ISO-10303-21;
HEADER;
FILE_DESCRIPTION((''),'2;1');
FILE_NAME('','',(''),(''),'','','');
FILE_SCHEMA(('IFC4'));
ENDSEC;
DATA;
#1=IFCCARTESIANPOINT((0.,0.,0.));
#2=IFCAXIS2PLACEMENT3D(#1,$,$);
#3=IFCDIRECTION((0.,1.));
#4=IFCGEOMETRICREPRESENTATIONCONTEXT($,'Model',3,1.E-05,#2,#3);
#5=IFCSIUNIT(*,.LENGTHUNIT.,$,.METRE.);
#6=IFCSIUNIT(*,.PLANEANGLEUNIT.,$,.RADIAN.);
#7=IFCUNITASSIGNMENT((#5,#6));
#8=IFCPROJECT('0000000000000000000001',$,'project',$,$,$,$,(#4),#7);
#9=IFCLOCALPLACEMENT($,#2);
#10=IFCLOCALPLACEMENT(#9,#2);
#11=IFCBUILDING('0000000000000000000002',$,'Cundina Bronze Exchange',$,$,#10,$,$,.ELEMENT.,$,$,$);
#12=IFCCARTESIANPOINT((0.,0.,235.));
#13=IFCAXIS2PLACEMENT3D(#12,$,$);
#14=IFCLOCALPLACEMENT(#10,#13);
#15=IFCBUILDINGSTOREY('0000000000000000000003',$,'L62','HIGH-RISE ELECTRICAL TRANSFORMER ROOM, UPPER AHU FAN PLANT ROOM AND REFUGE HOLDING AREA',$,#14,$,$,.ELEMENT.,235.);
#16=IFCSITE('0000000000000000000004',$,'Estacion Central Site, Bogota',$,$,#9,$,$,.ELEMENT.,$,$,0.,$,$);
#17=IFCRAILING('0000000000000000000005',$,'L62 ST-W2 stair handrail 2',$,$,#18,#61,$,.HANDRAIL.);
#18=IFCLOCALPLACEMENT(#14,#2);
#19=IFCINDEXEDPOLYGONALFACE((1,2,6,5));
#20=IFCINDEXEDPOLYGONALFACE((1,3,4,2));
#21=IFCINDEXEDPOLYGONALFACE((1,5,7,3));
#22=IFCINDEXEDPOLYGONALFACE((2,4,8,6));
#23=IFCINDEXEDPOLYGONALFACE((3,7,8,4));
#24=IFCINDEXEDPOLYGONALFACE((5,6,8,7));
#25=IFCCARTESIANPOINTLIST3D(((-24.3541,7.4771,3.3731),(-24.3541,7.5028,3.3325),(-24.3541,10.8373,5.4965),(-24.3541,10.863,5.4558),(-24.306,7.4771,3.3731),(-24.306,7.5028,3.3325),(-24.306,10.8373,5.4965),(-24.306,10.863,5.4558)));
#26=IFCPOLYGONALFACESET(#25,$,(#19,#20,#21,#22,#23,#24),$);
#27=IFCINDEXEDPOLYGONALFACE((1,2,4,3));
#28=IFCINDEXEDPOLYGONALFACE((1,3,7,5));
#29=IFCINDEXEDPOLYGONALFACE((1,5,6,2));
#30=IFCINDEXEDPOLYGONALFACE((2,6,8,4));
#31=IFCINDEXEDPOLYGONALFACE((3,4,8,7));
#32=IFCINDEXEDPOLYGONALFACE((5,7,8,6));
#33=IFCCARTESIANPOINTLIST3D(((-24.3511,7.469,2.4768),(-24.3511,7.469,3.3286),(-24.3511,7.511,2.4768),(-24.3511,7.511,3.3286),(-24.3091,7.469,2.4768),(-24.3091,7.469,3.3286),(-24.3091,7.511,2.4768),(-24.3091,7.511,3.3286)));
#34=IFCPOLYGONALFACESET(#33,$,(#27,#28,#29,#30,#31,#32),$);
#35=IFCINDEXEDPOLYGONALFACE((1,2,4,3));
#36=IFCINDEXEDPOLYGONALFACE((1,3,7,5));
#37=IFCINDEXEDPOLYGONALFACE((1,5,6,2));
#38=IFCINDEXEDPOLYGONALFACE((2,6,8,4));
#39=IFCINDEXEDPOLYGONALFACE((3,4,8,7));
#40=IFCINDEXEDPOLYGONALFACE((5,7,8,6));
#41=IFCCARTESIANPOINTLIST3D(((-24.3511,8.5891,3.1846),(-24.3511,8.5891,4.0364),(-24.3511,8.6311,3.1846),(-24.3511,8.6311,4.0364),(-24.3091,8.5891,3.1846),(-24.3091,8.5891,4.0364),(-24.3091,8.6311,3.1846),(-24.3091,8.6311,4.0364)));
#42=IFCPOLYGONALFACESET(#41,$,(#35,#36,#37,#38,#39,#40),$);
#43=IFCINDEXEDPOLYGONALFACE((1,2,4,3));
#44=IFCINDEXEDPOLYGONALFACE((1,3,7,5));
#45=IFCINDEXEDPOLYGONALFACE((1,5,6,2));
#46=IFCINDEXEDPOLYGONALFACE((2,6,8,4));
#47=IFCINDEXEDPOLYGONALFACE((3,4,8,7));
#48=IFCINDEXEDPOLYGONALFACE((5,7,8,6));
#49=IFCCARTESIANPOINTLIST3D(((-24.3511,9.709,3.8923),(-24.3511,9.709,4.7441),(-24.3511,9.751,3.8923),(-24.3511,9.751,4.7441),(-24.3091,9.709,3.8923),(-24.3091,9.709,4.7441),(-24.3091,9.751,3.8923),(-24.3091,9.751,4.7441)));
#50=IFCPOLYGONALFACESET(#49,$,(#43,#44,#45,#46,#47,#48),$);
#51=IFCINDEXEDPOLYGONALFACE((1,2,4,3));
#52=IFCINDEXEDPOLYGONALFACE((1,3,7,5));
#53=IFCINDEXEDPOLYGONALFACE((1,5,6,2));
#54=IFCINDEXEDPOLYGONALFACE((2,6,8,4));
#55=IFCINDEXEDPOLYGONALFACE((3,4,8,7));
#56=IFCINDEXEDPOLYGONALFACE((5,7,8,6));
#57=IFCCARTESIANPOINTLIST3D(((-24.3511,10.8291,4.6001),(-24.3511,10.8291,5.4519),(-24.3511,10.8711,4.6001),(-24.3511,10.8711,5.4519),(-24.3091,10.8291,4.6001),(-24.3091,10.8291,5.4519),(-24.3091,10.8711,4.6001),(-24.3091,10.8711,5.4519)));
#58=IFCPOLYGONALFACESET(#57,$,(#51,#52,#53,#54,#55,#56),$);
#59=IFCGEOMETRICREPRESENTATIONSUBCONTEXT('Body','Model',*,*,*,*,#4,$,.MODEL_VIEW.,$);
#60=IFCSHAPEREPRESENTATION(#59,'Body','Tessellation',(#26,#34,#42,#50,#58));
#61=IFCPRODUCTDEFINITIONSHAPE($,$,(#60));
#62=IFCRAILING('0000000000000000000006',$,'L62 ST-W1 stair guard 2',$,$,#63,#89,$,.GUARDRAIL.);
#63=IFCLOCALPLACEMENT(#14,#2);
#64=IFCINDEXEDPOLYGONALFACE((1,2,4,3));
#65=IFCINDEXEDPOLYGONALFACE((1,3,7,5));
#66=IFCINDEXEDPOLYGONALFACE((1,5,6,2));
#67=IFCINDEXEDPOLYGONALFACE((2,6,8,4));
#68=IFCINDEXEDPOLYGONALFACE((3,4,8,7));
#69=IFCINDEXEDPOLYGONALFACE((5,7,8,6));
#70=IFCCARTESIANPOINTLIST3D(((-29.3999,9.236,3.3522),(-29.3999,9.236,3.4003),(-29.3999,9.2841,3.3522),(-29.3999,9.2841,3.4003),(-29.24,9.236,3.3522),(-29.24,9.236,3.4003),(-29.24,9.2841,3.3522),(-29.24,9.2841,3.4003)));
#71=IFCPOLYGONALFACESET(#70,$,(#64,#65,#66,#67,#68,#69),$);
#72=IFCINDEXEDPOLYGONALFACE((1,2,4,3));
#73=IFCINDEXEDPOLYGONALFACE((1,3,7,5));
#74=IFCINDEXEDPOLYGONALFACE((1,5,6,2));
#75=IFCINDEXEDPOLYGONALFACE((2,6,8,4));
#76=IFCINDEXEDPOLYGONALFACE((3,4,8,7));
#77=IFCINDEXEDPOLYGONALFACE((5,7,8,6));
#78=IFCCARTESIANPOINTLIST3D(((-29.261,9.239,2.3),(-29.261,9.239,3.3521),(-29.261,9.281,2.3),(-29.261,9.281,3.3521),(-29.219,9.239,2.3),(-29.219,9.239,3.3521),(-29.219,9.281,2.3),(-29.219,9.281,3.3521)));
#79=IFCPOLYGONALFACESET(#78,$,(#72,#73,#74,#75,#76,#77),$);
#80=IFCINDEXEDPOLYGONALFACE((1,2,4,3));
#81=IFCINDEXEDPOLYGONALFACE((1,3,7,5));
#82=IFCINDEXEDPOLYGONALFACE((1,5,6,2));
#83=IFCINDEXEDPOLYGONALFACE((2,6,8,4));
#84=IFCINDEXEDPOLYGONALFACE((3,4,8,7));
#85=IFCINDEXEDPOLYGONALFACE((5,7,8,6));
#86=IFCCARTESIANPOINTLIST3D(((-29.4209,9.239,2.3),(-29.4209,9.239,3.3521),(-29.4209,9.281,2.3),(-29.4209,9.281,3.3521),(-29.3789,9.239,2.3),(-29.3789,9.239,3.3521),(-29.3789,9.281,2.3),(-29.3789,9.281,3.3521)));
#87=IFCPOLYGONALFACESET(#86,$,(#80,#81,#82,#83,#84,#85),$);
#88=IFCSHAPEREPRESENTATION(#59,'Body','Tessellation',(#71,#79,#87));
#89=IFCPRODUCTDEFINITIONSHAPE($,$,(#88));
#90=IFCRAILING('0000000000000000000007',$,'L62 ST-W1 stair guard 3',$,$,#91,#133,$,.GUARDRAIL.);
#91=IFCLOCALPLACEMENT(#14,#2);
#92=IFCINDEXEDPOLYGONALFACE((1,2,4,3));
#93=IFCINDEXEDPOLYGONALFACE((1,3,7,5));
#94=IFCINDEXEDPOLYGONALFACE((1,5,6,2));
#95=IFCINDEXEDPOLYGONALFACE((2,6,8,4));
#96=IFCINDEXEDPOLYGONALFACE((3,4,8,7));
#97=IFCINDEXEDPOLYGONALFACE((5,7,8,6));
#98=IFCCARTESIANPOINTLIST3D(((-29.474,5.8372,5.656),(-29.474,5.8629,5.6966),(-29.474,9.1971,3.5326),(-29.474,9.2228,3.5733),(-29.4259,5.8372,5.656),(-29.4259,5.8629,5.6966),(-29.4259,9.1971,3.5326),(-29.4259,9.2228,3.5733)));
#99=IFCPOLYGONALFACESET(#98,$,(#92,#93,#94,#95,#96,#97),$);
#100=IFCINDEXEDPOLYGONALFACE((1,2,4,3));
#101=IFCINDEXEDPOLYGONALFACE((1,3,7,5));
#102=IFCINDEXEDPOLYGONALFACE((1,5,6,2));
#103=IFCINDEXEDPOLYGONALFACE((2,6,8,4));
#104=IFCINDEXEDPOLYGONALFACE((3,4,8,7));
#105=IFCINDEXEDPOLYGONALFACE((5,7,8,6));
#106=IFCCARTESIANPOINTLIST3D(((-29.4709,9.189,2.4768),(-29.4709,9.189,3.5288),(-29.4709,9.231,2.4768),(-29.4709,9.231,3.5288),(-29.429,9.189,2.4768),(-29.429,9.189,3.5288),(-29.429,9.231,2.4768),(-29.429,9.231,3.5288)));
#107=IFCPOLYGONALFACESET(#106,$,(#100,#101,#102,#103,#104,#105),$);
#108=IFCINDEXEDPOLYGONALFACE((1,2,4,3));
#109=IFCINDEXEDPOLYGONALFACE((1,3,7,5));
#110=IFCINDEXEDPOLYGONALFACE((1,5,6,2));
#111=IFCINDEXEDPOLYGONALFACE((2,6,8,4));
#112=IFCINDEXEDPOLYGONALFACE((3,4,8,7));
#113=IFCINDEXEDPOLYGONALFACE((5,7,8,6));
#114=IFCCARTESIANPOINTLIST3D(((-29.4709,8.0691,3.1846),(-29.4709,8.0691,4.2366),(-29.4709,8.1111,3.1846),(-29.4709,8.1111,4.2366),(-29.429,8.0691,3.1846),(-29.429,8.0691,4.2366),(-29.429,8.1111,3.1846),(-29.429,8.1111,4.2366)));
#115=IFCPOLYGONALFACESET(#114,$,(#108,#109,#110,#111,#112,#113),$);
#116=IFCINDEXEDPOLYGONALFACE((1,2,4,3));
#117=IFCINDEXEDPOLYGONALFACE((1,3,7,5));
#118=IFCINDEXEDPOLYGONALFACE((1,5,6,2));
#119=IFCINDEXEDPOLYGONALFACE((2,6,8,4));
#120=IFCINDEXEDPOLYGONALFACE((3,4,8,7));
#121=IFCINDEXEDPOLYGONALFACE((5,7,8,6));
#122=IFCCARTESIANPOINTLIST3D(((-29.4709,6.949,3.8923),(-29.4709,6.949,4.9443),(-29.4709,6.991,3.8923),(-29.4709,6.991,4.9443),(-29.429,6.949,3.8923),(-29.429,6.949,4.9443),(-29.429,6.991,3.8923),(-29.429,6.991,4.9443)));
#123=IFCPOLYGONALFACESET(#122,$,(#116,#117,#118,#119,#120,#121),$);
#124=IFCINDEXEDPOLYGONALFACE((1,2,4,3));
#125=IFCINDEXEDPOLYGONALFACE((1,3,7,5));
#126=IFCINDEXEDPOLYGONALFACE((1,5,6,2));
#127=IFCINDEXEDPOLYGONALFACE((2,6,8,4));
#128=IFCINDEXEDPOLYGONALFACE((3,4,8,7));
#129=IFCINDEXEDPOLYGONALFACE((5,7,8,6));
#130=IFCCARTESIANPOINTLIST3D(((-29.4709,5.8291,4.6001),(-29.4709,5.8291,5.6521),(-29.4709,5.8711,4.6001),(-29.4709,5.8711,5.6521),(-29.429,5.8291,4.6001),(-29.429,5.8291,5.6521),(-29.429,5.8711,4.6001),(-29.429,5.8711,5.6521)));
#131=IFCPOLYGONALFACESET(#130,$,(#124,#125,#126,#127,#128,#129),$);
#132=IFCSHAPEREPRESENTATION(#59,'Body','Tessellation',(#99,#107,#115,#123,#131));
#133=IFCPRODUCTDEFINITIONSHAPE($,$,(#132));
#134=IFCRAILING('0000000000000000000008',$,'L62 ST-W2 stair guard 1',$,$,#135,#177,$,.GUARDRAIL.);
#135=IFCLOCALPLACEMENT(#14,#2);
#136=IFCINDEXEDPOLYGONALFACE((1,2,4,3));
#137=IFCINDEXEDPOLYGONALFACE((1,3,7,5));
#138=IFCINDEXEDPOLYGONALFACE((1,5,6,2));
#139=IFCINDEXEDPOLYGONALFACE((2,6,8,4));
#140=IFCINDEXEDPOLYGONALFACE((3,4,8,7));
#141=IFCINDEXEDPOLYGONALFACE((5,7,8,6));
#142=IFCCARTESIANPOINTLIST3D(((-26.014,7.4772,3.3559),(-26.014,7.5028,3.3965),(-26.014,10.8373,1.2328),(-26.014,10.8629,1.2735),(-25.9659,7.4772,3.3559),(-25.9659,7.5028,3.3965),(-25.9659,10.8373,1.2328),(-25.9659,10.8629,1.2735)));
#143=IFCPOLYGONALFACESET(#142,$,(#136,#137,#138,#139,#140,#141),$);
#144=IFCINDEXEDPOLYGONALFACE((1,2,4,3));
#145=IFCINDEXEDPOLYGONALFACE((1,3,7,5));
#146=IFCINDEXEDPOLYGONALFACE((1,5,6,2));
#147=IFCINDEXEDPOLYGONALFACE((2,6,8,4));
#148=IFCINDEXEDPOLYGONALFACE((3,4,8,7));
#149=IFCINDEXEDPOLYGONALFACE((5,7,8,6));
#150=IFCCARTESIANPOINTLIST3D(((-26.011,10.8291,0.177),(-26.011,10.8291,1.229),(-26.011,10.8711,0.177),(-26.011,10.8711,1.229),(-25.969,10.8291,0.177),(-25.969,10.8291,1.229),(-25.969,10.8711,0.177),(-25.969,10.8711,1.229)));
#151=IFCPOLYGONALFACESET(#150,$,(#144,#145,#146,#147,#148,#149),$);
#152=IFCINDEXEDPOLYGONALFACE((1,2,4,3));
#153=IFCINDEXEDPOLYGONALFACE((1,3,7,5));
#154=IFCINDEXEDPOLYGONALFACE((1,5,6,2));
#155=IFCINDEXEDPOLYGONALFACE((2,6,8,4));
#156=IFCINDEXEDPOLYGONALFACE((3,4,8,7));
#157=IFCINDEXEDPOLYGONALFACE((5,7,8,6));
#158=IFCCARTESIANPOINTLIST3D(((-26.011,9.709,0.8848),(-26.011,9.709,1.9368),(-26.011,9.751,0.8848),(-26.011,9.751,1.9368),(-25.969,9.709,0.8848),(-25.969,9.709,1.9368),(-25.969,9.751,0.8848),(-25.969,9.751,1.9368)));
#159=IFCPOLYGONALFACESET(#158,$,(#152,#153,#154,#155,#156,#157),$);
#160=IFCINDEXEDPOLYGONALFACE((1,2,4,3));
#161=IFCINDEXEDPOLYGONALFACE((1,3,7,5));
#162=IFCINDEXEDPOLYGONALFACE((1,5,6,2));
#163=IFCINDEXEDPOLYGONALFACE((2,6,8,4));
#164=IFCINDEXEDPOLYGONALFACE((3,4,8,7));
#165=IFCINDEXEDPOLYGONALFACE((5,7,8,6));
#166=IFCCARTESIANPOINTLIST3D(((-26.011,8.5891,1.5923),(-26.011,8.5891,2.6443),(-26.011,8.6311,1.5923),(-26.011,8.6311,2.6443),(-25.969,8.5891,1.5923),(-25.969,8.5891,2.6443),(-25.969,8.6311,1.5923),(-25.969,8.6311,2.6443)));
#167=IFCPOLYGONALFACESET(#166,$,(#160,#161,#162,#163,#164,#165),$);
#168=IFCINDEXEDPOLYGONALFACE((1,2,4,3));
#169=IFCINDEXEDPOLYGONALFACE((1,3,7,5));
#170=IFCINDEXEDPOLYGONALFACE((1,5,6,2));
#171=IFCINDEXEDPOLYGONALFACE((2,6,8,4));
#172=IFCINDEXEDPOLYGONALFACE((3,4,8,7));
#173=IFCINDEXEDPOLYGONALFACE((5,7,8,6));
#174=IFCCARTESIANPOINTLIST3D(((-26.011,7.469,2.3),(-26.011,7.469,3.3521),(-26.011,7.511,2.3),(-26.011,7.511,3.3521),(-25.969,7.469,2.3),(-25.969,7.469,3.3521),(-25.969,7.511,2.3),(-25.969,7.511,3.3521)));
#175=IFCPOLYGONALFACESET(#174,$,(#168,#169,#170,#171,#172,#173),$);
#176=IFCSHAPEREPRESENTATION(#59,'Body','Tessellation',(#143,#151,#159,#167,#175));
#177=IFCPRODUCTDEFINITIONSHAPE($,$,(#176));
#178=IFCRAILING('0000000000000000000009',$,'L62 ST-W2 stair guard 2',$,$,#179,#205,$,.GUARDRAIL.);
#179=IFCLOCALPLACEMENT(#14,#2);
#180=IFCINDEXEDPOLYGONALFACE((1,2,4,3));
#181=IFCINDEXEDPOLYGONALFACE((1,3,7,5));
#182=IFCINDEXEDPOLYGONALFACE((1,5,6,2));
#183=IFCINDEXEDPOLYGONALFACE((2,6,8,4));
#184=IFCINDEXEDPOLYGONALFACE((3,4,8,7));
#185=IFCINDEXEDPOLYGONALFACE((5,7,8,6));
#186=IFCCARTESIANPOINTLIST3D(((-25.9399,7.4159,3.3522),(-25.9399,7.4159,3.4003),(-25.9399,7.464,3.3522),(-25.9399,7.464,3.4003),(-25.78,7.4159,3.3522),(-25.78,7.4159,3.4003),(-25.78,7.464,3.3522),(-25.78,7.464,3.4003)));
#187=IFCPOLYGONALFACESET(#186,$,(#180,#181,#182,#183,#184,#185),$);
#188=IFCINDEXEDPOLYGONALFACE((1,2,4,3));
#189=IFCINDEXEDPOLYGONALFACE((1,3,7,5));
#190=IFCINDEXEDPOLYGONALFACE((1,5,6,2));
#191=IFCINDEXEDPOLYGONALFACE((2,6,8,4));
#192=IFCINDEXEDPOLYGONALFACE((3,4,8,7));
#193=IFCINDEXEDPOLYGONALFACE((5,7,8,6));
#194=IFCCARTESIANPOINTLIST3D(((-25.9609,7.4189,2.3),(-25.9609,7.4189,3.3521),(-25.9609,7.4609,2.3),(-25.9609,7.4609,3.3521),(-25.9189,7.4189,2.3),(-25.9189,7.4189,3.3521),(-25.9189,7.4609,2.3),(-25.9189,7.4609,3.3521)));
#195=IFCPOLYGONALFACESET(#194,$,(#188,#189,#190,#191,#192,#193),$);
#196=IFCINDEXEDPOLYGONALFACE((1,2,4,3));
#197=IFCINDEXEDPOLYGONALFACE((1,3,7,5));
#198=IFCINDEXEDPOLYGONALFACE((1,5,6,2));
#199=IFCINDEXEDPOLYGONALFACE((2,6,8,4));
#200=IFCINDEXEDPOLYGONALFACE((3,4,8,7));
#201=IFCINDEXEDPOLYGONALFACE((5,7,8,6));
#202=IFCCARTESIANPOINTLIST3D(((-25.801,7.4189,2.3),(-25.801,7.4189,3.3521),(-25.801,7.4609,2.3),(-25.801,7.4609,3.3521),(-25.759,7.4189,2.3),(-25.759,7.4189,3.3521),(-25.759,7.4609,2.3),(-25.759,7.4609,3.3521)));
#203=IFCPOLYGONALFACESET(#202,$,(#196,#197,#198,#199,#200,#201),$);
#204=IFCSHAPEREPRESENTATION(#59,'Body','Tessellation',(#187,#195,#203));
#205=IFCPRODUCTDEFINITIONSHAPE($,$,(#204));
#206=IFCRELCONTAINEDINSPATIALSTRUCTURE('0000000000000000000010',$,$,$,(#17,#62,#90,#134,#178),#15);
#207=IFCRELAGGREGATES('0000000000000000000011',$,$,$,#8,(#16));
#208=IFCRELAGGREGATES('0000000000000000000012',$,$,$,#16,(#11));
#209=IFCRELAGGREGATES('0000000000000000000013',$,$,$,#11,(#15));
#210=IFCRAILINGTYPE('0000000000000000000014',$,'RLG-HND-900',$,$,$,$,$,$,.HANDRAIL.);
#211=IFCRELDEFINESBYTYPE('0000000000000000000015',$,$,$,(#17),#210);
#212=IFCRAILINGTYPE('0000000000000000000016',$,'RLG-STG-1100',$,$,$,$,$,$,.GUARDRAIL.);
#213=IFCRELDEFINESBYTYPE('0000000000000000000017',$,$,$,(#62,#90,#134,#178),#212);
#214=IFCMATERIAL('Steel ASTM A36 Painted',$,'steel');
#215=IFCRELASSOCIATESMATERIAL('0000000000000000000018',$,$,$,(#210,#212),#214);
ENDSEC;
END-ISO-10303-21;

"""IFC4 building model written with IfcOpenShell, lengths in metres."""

from ifc_helpers import new_model, si_unit, direction, frame, origin, origin_2d, place, context, subcontext, project, spatial, rectangle, extrude, material, type_object, element, save


model = new_model("IFC4")

# Units and contexts
model_context = context("Model", 3, precision=1e-05, world=origin(), true_north=direction((0.0, 1.0)))
body_context = subcontext(model_context, "Body", "Model", "MODEL_VIEW")
ifc_project = project(units=[si_unit("LENGTHUNIT", "METRE"), si_unit("PLANEANGLEUNIT", "RADIAN")], contexts=[model_context])

# Site, building, storey
site_placement = place(None, origin())
site = spatial("IfcSite", under=ifc_project, at=site_placement, Name="Estacion Central Site, Bogota", CompositionType="ELEMENT", RefElevation=0.0)
building_placement = place(site_placement, origin())
building = spatial("IfcBuilding", under=site, at=building_placement, Name="Cundina Bronze Exchange", CompositionType="ELEMENT")
storey_placement = place(building_placement, frame((0.0, 0.0, 235.0)))
storey = spatial("IfcBuildingStorey", under=building, at=storey_placement, Name="L62", Description="HIGH-RISE ELECTRICAL TRANSFORMER ROOM, UPPER AHU FAN PLANT ROOM AND REFUGE HOLDING AREA", CompositionType="ELEMENT", Elevation=235.0)

# Shared definitions
ifc_material_1 = material(Name="Steel ASTM A36 Painted", Category="steel")

# Railings
railing_type_1 = type_object("IfcRailingType", Name="RLG-HND-900", PredefinedType="HANDRAIL", material=ifc_material_1)
railing_1_placement = place(storey_placement, frame((-24.3301, 7.49, 2.4768)))
element("IfcRailing", 1, at=railing_1_placement, inside=storey, type_object=railing_type_1, Name="L62 ST-W2 stair handrail 2", PredefinedType="HANDRAIL", context=body_context, shape_type="SweptSolid", body=[
    extrude(rectangle(XDim=0.0481, YDim=0.0481, at=origin_2d()), frame((0.0, 0.0, 0.876), z_axis=(0.0, 0.845362, 0.534194), x_axis=(-1.0, 0.0, 0.0)), (0.0, 0.0, 1.0), 3.9749),
    extrude(rectangle(XDim=0.042, YDim=0.042, at=origin_2d()), origin(), (0.0, 0.0, 1.0), 0.8518),
    extrude(rectangle(XDim=0.042, YDim=0.042, at=origin_2d()), frame((0.0, 1.1201, 0.7078)), (0.0, 0.0, 1.0), 0.8518),
    extrude(rectangle(XDim=0.042, YDim=0.042, at=origin_2d()), frame((0.0, 2.24, 1.4155)), (0.0, 0.0, 1.0), 0.8518),
    extrude(rectangle(XDim=0.042, YDim=0.042, at=origin_2d()), frame((0.0, 3.3601, 2.1233)), (0.0, 0.0, 1.0), 0.8518),
])
railing_type_2 = type_object("IfcRailingType", Name="RLG-STG-1100", PredefinedType="GUARDRAIL", material=ifc_material_1)
railing_2_placement = place(storey_placement, frame((-29.24, 9.26, 2.3)))
element("IfcRailing", 2, at=railing_2_placement, inside=storey, type_object=railing_type_2, Name="L62 ST-W1 stair guard 2", PredefinedType="GUARDRAIL", context=body_context, shape_type="SweptSolid", body=[
    extrude(rectangle(XDim=0.0481, YDim=0.0481, at=origin_2d()), frame((0.0, 0.0, 1.0762), z_axis=(-1.0, 0.0, 0.0), x_axis=(0.0, -1.0, 0.0)), (0.0, 0.0, 1.0), 0.1599),
    extrude(rectangle(XDim=0.042, YDim=0.042, at=origin_2d()), origin(), (0.0, 0.0, 1.0), 1.052),
    extrude(rectangle(XDim=0.042, YDim=0.042, at=origin_2d()), frame((-0.1599, 0.0, 0.0)), (0.0, 0.0, 1.0), 1.052),
])
railing_3_placement = place(storey_placement, frame((-29.45, 9.21, 2.4768)))
element("IfcRailing", 3, at=railing_3_placement, inside=storey, type_object=railing_type_2, Name="L62 ST-W1 stair guard 3", PredefinedType="GUARDRAIL", context=body_context, shape_type="SweptSolid", body=[
    extrude(rectangle(XDim=0.0481, YDim=0.0481, at=origin_2d()), frame((0.0, 0.0, 1.0762), z_axis=(0.0, -0.845344, 0.534222), x_axis=(1.0, 0.0, 0.0)), (0.0, 0.0, 1.0), 3.9746),
    extrude(rectangle(XDim=0.042, YDim=0.042, at=origin_2d()), origin(), (0.0, 0.0, 1.0), 1.052),
    extrude(rectangle(XDim=0.042, YDim=0.042, at=origin_2d()), frame((0.0, -1.1199, 0.7078)), (0.0, 0.0, 1.0), 1.052),
    extrude(rectangle(XDim=0.042, YDim=0.042, at=origin_2d()), frame((0.0, -2.24, 1.4155)), (0.0, 0.0, 1.0), 1.052),
    extrude(rectangle(XDim=0.042, YDim=0.042, at=origin_2d()), frame((0.0, -3.3599, 2.1233)), (0.0, 0.0, 1.0), 1.052),
])
railing_4_placement = place(storey_placement, frame((-25.99, 10.8501, 0.177)))
element("IfcRailing", 4, at=railing_4_placement, inside=storey, type_object=railing_type_2, Name="L62 ST-W2 stair guard 1", PredefinedType="GUARDRAIL", context=body_context, shape_type="SweptSolid", body=[
    extrude(rectangle(XDim=0.0481, YDim=0.0481, at=origin_2d()), frame((0.0, 0.0, 1.0762), z_axis=(0.0, -0.84539, 0.53415), x_axis=(1.0, 0.0, 0.0)), (0.0, 0.0, 1.0), 3.9746),
    extrude(rectangle(XDim=0.042, YDim=0.042, at=origin_2d()), origin(), (0.0, 0.0, 1.0), 1.052),
    extrude(rectangle(XDim=0.042, YDim=0.042, at=origin_2d()), frame((0.0, -1.1201, 0.7078)), (0.0, 0.0, 1.0), 1.052),
    extrude(rectangle(XDim=0.042, YDim=0.042, at=origin_2d()), frame((0.0, -2.24, 1.4153)), (0.0, 0.0, 1.0), 1.052),
    extrude(rectangle(XDim=0.042, YDim=0.042, at=origin_2d()), frame((0.0, -3.3601, 2.123)), (0.0, 0.0, 1.0), 1.052),
])
railing_5_placement = place(storey_placement, frame((-25.9399, 7.4399, 2.3)))
element("IfcRailing", 5, at=railing_5_placement, inside=storey, type_object=railing_type_2, Name="L62 ST-W2 stair guard 2", PredefinedType="GUARDRAIL", context=body_context, shape_type="SweptSolid", body=[
    extrude(rectangle(XDim=0.0481, YDim=0.0481, at=origin_2d()), frame((0.0, 0.0, 1.0762), z_axis=(1.0, 0.0, 0.0), x_axis=(0.0, 1.0, 0.0)), (0.0, 0.0, 1.0), 0.1599),
    extrude(rectangle(XDim=0.042, YDim=0.042, at=origin_2d()), origin(), (0.0, 0.0, 1.0), 1.052),
    extrude(rectangle(XDim=0.042, YDim=0.042, at=origin_2d()), frame((0.1599, 0.0, 0.0)), (0.0, 0.0, 1.0), 1.052),
])

save(model, "model.ifc")
